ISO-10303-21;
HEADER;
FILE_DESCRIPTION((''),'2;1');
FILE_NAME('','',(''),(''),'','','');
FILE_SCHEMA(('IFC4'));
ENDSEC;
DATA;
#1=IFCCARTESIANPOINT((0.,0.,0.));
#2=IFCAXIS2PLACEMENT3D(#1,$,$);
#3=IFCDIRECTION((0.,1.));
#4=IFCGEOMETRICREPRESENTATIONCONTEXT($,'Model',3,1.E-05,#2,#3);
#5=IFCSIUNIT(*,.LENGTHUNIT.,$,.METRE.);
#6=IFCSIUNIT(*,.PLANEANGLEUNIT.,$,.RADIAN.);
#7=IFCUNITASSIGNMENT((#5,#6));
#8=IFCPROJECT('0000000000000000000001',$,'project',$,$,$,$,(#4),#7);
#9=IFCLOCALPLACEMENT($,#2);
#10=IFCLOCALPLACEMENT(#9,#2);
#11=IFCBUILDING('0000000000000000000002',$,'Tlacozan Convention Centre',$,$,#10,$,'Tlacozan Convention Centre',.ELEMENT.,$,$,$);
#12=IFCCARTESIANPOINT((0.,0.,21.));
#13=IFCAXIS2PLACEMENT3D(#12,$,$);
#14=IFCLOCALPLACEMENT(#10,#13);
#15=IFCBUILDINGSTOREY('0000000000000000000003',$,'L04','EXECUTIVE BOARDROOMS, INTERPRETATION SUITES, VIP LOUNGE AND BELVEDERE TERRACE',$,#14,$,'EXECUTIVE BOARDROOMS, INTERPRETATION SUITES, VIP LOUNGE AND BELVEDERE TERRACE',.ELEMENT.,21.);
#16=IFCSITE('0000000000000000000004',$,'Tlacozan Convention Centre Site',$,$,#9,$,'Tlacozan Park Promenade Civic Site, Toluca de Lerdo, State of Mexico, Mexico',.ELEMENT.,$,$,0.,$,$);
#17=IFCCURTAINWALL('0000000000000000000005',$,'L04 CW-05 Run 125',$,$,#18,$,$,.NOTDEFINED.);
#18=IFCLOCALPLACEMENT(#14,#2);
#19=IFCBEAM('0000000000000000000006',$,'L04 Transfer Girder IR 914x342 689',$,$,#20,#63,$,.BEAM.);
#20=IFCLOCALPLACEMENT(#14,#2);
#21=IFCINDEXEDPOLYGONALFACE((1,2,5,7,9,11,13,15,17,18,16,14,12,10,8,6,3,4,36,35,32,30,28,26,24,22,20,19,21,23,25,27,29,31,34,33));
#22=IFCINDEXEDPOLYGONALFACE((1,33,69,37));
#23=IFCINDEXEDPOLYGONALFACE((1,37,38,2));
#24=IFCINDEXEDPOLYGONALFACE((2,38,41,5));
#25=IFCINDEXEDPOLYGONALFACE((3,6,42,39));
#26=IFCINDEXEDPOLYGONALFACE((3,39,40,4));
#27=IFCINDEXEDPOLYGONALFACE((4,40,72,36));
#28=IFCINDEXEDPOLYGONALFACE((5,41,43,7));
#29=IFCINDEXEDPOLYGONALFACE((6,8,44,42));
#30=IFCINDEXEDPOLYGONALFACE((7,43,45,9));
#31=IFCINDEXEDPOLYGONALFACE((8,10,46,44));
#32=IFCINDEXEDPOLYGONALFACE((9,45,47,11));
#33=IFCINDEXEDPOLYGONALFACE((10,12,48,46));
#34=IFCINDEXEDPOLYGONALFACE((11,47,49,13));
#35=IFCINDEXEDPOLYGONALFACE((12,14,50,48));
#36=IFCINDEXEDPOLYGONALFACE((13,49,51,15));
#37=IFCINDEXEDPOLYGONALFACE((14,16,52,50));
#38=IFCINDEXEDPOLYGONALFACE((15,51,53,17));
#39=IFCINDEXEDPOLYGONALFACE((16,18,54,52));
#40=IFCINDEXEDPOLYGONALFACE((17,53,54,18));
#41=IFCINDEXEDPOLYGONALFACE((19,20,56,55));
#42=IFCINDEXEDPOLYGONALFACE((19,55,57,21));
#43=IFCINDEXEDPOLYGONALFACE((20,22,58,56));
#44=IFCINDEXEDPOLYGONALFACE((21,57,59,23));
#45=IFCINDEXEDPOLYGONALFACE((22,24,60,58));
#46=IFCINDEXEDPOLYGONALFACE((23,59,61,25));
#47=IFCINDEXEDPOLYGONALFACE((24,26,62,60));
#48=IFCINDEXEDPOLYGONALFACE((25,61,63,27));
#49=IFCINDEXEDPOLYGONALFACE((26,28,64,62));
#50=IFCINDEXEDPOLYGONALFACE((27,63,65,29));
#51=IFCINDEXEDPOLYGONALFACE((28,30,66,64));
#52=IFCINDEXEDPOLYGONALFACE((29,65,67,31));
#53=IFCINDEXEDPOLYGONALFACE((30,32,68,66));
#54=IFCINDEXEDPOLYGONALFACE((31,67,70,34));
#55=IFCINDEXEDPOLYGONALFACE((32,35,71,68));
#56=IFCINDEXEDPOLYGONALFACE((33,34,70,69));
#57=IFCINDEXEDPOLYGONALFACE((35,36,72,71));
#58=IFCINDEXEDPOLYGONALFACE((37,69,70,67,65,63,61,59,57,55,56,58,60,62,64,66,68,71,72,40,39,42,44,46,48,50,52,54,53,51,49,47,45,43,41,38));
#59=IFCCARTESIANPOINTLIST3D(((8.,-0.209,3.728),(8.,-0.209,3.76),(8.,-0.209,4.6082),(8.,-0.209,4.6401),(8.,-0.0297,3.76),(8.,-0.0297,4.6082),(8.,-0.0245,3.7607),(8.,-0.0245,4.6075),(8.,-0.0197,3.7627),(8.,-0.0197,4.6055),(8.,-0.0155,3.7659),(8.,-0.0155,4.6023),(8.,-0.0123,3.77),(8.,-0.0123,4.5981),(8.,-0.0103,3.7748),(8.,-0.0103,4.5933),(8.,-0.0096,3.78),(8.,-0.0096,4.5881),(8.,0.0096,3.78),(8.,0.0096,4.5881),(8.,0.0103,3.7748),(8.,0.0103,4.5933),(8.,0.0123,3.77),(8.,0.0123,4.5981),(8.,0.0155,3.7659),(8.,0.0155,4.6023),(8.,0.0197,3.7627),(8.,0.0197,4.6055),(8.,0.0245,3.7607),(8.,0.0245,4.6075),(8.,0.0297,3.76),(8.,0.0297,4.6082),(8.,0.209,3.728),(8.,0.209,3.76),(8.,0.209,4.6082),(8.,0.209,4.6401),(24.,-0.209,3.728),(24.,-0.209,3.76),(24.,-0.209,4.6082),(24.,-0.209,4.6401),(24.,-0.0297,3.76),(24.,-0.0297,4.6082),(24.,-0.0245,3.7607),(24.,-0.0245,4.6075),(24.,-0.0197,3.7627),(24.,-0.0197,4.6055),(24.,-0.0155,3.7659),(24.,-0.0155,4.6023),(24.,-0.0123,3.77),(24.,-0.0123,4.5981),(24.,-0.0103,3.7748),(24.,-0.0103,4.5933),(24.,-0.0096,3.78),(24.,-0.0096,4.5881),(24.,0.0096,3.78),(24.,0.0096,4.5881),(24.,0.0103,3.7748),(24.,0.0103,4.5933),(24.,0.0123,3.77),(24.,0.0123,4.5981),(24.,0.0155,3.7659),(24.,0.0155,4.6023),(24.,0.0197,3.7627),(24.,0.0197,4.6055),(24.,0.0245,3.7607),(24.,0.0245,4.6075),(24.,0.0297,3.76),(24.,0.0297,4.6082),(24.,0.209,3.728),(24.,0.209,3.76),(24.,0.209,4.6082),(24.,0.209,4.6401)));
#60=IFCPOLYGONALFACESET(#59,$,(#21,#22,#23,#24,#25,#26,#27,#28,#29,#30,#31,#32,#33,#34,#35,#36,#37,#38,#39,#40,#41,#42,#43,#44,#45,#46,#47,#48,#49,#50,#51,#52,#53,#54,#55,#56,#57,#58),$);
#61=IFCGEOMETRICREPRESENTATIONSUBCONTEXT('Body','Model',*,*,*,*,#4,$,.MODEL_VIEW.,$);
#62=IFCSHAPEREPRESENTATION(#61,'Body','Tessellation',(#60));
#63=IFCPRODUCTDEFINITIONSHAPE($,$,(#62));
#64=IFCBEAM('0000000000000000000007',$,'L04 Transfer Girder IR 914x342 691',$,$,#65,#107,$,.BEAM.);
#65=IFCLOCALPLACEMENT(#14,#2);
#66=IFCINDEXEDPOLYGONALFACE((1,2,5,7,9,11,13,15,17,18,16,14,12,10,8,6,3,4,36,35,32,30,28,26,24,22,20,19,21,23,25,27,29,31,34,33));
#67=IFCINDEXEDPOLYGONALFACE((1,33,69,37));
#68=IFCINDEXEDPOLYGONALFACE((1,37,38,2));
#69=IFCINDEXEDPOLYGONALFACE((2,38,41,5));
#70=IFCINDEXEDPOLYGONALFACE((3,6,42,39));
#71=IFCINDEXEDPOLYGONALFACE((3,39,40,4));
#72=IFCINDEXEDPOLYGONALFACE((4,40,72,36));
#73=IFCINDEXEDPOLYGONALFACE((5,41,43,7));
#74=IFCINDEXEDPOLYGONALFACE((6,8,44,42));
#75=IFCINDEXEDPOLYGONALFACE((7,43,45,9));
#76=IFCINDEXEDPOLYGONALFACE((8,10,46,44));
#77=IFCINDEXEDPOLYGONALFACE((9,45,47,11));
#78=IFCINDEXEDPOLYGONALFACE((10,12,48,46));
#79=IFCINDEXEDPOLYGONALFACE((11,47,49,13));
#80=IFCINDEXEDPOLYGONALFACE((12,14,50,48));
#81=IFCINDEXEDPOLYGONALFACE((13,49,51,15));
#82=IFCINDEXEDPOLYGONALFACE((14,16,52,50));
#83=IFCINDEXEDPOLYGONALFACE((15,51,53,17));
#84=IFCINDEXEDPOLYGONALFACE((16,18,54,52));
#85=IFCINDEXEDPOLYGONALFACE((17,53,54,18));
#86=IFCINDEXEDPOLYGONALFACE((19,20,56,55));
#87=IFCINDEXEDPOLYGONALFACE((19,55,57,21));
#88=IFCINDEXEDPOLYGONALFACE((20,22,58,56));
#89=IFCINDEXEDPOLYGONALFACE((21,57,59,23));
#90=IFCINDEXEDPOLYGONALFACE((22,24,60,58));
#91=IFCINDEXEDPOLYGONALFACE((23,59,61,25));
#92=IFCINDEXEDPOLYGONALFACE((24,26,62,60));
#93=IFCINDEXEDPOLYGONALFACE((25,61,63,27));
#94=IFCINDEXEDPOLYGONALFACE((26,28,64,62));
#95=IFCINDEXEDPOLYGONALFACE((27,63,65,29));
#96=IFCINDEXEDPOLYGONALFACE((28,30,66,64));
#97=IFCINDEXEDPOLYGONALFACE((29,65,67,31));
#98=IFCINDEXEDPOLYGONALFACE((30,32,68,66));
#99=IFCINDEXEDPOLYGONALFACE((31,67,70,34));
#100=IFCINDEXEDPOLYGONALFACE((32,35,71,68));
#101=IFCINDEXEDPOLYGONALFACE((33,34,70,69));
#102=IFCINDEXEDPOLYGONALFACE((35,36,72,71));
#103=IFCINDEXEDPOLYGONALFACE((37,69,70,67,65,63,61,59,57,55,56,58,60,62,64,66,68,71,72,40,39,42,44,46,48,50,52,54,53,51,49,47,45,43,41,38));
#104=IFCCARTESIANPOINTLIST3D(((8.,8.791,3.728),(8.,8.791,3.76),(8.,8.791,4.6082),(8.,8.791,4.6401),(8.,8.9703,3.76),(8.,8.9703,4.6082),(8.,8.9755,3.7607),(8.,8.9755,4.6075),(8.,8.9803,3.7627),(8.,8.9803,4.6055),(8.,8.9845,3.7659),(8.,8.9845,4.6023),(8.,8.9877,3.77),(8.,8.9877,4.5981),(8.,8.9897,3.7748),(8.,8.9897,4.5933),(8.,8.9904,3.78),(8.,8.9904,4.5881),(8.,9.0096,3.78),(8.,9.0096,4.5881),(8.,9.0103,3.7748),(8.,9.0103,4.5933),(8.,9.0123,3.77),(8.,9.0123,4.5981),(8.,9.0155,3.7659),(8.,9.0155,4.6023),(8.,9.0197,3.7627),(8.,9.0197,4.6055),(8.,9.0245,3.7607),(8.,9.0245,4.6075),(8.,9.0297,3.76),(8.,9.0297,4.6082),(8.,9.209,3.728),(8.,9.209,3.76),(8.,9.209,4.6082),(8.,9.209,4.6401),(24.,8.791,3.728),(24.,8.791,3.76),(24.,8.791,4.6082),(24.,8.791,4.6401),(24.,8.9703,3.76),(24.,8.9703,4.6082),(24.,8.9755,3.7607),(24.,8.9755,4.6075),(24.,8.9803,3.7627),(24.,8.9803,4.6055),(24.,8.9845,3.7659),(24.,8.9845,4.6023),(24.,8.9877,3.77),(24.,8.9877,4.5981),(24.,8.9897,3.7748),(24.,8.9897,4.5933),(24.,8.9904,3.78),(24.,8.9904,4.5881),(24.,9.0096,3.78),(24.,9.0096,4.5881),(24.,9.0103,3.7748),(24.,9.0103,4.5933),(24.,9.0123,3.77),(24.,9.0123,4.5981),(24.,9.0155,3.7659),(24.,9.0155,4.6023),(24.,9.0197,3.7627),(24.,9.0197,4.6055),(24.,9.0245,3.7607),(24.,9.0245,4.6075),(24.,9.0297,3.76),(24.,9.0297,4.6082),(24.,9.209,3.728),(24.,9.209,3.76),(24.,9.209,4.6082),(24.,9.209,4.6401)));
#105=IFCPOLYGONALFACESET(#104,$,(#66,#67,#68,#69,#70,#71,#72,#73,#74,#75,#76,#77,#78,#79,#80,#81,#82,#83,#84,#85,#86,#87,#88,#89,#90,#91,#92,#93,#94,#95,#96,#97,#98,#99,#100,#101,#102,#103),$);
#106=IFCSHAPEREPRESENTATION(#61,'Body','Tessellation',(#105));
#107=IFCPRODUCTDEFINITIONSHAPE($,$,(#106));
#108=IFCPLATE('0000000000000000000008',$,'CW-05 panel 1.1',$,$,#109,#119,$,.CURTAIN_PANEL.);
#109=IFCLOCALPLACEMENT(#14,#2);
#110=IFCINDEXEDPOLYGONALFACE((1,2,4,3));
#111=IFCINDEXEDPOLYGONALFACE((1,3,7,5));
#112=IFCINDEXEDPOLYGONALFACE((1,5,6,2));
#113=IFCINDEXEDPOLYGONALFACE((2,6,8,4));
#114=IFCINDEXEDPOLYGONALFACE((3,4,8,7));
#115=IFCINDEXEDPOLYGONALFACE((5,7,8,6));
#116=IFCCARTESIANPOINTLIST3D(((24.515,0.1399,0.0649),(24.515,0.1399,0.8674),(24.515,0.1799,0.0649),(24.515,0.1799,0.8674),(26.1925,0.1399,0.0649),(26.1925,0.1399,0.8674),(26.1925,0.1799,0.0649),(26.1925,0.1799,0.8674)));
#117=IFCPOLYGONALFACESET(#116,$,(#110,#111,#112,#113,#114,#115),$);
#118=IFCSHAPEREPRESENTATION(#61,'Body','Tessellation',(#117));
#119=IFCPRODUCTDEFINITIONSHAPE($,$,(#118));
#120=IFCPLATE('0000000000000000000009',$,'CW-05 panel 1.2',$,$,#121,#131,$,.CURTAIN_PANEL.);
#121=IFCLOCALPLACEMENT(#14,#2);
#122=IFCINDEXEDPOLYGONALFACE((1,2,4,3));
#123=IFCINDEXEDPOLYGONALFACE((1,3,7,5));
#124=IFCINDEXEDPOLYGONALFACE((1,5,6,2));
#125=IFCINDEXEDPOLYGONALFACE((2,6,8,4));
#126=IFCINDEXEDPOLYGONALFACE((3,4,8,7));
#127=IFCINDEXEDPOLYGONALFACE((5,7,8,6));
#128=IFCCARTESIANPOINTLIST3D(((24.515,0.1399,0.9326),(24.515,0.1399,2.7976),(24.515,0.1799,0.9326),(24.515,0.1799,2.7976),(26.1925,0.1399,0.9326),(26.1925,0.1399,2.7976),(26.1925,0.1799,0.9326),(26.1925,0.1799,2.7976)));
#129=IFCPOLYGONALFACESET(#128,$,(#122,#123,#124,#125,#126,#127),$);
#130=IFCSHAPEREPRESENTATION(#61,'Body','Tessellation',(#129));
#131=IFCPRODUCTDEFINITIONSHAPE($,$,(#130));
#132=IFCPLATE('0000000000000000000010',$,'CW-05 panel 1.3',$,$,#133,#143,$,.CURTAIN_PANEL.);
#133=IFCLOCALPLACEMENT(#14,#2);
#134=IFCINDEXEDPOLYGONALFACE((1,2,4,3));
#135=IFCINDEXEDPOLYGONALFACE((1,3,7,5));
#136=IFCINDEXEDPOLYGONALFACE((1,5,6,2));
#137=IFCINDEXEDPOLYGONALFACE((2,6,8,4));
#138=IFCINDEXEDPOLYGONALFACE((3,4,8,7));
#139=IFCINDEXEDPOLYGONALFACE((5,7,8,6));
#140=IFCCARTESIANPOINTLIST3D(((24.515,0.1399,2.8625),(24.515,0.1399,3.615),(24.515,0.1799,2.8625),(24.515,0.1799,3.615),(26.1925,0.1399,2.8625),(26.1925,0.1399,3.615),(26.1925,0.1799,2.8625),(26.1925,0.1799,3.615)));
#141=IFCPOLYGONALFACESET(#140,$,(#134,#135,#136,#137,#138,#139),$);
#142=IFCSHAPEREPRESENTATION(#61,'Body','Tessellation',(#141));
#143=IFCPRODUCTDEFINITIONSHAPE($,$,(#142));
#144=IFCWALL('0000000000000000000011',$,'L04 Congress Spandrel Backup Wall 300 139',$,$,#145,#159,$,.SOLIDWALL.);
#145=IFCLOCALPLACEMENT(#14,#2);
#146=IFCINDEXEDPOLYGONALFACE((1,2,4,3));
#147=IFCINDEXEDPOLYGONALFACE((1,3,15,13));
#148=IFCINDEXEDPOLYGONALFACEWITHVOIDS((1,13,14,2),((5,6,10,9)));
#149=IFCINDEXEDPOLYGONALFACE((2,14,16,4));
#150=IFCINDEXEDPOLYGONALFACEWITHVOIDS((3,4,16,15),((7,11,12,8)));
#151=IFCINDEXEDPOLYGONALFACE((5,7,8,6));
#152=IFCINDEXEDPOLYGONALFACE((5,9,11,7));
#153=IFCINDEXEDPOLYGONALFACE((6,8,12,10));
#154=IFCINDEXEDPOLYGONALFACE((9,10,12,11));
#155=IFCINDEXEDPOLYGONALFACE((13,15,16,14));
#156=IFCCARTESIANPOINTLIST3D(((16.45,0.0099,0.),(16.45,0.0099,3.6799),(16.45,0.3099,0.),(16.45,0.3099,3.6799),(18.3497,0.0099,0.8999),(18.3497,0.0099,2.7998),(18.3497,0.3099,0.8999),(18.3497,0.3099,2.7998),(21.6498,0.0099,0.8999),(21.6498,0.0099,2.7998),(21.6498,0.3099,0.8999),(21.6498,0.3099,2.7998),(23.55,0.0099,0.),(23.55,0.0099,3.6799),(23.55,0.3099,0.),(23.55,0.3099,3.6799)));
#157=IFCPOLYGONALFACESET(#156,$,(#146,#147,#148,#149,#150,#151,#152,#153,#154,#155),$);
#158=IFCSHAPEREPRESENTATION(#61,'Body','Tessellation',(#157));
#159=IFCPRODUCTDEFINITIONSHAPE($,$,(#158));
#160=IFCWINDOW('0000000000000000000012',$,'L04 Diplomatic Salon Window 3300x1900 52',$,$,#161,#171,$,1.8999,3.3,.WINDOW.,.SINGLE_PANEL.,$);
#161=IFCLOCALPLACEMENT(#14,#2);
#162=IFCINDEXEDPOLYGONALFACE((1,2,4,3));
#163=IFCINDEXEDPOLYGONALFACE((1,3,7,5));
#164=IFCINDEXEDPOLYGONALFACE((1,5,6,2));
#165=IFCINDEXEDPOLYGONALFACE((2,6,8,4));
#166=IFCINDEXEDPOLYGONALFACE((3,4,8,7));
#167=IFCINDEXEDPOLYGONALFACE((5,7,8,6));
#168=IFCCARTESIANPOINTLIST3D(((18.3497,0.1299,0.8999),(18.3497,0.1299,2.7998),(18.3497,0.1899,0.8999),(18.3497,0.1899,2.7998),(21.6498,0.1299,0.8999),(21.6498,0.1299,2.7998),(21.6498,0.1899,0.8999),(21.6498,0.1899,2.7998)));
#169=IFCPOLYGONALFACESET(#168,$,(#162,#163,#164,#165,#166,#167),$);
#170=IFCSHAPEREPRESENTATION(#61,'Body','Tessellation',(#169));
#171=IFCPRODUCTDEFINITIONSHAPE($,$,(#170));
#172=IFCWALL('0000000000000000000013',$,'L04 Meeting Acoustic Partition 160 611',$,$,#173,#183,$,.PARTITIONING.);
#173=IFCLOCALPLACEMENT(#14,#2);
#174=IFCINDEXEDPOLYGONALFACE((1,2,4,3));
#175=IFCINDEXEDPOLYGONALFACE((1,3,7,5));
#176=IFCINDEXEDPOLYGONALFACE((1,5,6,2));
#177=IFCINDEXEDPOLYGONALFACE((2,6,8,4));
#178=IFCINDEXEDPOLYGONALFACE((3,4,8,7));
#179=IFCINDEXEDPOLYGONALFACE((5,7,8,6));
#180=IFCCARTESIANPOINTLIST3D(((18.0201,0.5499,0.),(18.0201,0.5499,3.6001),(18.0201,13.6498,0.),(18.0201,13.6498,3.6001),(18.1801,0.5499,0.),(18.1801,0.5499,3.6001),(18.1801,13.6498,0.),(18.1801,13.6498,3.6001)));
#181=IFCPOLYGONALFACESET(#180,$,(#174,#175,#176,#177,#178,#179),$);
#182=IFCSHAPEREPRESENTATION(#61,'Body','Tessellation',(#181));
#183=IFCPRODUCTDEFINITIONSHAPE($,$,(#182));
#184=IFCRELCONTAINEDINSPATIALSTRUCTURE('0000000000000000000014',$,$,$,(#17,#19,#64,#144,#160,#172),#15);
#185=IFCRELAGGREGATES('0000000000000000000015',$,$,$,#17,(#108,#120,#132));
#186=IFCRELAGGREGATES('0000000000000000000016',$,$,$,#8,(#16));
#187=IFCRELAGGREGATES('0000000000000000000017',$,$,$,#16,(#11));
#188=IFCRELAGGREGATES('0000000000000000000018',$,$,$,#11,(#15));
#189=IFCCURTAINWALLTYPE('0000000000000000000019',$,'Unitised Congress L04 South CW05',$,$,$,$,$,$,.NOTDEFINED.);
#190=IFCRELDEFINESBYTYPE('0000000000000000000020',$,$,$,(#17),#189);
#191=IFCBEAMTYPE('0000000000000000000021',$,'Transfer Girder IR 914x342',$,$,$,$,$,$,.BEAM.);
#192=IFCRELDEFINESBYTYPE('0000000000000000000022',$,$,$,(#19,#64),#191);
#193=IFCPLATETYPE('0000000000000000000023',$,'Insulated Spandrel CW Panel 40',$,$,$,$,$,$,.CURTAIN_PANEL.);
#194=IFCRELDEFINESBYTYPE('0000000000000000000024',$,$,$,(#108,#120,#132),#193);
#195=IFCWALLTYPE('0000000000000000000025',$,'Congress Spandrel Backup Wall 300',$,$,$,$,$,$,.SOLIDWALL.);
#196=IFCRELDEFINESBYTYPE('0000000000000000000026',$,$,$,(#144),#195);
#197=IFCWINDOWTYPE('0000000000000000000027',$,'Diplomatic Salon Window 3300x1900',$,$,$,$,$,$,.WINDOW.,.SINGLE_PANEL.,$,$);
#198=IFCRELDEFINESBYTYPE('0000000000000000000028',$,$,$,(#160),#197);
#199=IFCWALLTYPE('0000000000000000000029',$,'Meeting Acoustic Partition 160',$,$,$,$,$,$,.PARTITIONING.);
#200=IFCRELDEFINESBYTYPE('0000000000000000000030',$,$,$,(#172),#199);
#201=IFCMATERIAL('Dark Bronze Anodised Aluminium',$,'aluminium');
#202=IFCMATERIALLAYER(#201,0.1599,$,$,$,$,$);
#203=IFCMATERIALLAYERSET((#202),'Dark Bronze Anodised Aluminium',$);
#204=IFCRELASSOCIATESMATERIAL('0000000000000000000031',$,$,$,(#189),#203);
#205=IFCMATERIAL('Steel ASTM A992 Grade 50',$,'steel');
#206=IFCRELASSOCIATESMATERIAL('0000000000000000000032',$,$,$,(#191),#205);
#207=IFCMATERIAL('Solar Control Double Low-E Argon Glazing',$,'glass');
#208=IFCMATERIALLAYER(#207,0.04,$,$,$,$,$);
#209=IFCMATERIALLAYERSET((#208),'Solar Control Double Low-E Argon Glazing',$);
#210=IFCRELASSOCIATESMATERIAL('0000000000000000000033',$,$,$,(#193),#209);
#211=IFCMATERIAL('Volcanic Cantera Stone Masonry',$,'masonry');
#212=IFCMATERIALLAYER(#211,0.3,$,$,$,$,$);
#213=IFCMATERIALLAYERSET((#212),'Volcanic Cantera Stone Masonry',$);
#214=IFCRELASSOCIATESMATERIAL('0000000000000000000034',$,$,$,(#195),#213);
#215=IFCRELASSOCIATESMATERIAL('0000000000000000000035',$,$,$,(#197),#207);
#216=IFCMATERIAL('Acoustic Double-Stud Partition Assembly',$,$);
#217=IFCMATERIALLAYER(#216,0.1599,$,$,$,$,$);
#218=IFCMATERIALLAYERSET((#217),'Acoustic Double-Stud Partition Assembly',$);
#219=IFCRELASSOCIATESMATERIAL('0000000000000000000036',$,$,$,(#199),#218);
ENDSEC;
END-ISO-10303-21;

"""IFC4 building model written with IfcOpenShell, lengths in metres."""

from ifc_helpers import new_model, si_unit, direction, frame, frame_2d, origin, origin_2d, place, context, subcontext, project, spatial, rectangle, i_section, extrude, material, layer, layer_set, material_profile, profile_set, type_object, element, fill, aggregate, save


model = new_model("IFC4")

# Units and contexts
model_context = context("Model", 3, precision=1e-05, world=origin(), true_north=direction((0.0, 1.0)))
body_context = subcontext(model_context, "Body", "Model", "MODEL_VIEW")
ifc_project = project(units=[si_unit("LENGTHUNIT", "METRE"), si_unit("PLANEANGLEUNIT", "RADIAN")], contexts=[model_context])

# Site, building, storey
site_placement = place(None, origin())
site = spatial("IfcSite", under=ifc_project, at=site_placement, Name="Tlacozan Convention Centre Site", LongName="Tlacozan Park Promenade Civic Site, Toluca de Lerdo, State of Mexico, Mexico", CompositionType="ELEMENT", RefElevation=0.0)
building_placement = place(site_placement, origin())
building = spatial("IfcBuilding", under=site, at=building_placement, Name="Tlacozan Convention Centre", LongName="Tlacozan Convention Centre", CompositionType="ELEMENT")
storey_placement = place(building_placement, frame((0.0, 0.0, 21.0)))
storey = spatial("IfcBuildingStorey", under=building, at=storey_placement, Name="L04", Description="EXECUTIVE BOARDROOMS, INTERPRETATION SUITES, VIP LOUNGE AND BELVEDERE TERRACE", LongName="EXECUTIVE BOARDROOMS, INTERPRETATION SUITES, VIP LOUNGE AND BELVEDERE TERRACE", CompositionType="ELEMENT", Elevation=21.0)

# Curtain wall
ifc_material_1 = material(Name="Dark Bronze Anodised Aluminium", Category="aluminium")
ifc_layer_1 = layer(ifc_material_1, 0.1599)
ifc_layer_set_1 = layer_set([ifc_layer_1], Name="Dark Bronze Anodised Aluminium")
curtain_wall_type = type_object("IfcCurtainWallType", Name="Unitised Congress L04 South CW05", PredefinedType="NOTDEFINED", material=ifc_layer_set_1)
curtain_wall_placement = place(storey_placement, origin())
curtain_wall = element("IfcCurtainWall", 1, at=curtain_wall_placement, inside=storey, type_object=curtain_wall_type, Name="L04 CW-05 Run 125", PredefinedType="NOTDEFINED")

# Beams
ifc_material_2 = material(Name="Steel ASTM A992 Grade 50", Category="steel")
ifc_material_profile_1 = material_profile(ifc_material_2, i_section(OverallWidth=0.418, OverallDepth=0.9121, WebThickness=0.0193, FlangeThickness=0.032, FilletRadius=0.02, at=origin_2d()), Name="IR 914x342.0")
ifc_profile_set_1 = profile_set([ifc_material_profile_1], Name="Steel ASTM A992 Grade 50")
beam_type_1 = type_object("IfcBeamType", Name="Transfer Girder IR 914x342", PredefinedType="BEAM", material=ifc_profile_set_1)
for number, where, z_axis, x_axis, name in (
    (2, (24.0, 0.0, 4.1841), (-1.0, 0.0, 0.0), (0.0, -1.0, 0.0), "L04 Transfer Girder IR 914x342 689"),
    (3, (24.0, 9.0, 4.1841), (-1.0, 0.0, 0.0), (0.0, -1.0, 0.0), "L04 Transfer Girder IR 914x342 691"),
):
    element("IfcBeam", number, at=place(storey_placement, frame(where, z_axis=z_axis, x_axis=x_axis)), inside=storey, type_object=beam_type_1, Name=name, PredefinedType="BEAM", context=body_context, shape_type="SweptSolid", body=[
        extrude(i_section(OverallWidth=0.418, OverallDepth=0.9121, WebThickness=0.0193, FlangeThickness=0.032, FilletRadius=0.02, at=origin_2d()), origin(), (0.0, 0.0, 1.0), 16.0),
    ])

# Plates
ifc_material_3 = material(Name="Solar Control Double Low-E Argon Glazing", Category="glass")
ifc_layer_2 = layer(ifc_material_3, 0.04)
ifc_layer_set_2 = layer_set([ifc_layer_2], Name="Solar Control Double Low-E Argon Glazing")
plate_type = type_object("IfcPlateType", Name="Insulated Spandrel CW Panel 40", PredefinedType="CURTAIN_PANEL", material=ifc_layer_set_2)
plate_1_placement = place(storey_placement, frame((25.3538, 0.1599, 0.0649), z_axis=(0.0, 0.0, 1.0), x_axis=(1.0, 0.0, 0.0)))
plate_1 = element("IfcPlate", 4, at=plate_1_placement, type_object=plate_type, Name="CW-05 panel 1.1", PredefinedType="CURTAIN_PANEL", context=body_context, shape_type="SweptSolid", body=[
    extrude(rectangle(XDim=1.6775, YDim=0.04, at=origin_2d()), origin(), (0.0, 0.0, 1.0), 0.8025),
])
plate_2_placement = place(storey_placement, frame((25.3538, 0.1599, 0.9326), z_axis=(0.0, 0.0, 1.0), x_axis=(1.0, 0.0, 0.0)))
plate_2 = element("IfcPlate", 5, at=plate_2_placement, type_object=plate_type, Name="CW-05 panel 1.2", PredefinedType="CURTAIN_PANEL", context=body_context, shape_type="SweptSolid", body=[
    extrude(rectangle(XDim=1.6775, YDim=0.04, at=origin_2d()), origin(), (0.0, 0.0, 1.0), 1.865),
])
plate_3_placement = place(storey_placement, frame((25.3538, 0.1599, 2.8625), z_axis=(0.0, 0.0, 1.0), x_axis=(1.0, 0.0, 0.0)))
plate_3 = element("IfcPlate", 6, at=plate_3_placement, type_object=plate_type, Name="CW-05 panel 1.3", PredefinedType="CURTAIN_PANEL", context=body_context, shape_type="SweptSolid", body=[
    extrude(rectangle(XDim=1.6775, YDim=0.04, at=origin_2d()), origin(), (0.0, 0.0, 1.0), 0.7524),
])
aggregate(curtain_wall, [plate_1, plate_2, plate_3])

# Wall, opening, window
ifc_material_4 = material(Name="Volcanic Cantera Stone Masonry", Category="masonry")
ifc_layer_3 = layer(ifc_material_4, 0.3)
ifc_layer_set_3 = layer_set([ifc_layer_3], Name="Volcanic Cantera Stone Masonry")
wall_type_1 = type_object("IfcWallType", Name="Congress Spandrel Backup Wall 300", PredefinedType="SOLIDWALL", material=ifc_layer_set_3)
wall_1_placement = place(storey_placement, frame((16.45, 0.1599, 0.0), z_axis=(0.0, 0.0, 1.0), x_axis=(1.0, 0.0, 0.0)))
wall_1 = element("IfcWall", 7, at=wall_1_placement, inside=storey, type_object=wall_type_1, Name="L04 Congress Spandrel Backup Wall 300 139", PredefinedType="SOLIDWALL", context=body_context, shape_type="SweptSolid", body=[
    extrude(rectangle(XDim=7.1001, YDim=0.3, at=frame_2d((3.55, 0.0))), origin(), (0.0, 0.0, 1.0), 3.6799),
])
opening_1_placement = place(wall_1_placement, frame((1.8999, 0.0, 0.8999)))
opening_1 = element("IfcOpeningElement", 8, at=opening_1_placement, cuts=wall_1, PredefinedType="OPENING", context=body_context, shape_type="SweptSolid", body=[
    extrude(rectangle(XDim=3.3, YDim=1.8999, at=frame_2d((1.6499, 0.95))), frame((0.0, 0.1599, 0.0), z_axis=(0.0, -1.0, 0.0), x_axis=(1.0, 0.0, 0.0)), (0.0, 0.0, 1.0), 0.3201),
])
window_type = type_object("IfcWindowType", Name="Diplomatic Salon Window 3300x1900", PartitioningType="SINGLE_PANEL", PredefinedType="WINDOW", material=ifc_material_3)
window_placement = place(opening_1_placement, origin())
window = element("IfcWindow", 9, at=window_placement, inside=storey, type_object=window_type, Name="L04 Diplomatic Salon Window 3300x1900 52", OverallHeight=1.8999, OverallWidth=3.3, PartitioningType="SINGLE_PANEL", PredefinedType="WINDOW", context=body_context, shape_type="SweptSolid", body=[
    extrude(rectangle(XDim=3.3, YDim=1.8999, at=frame_2d((1.6499, 0.95))), frame((0.0, 0.03, 0.0), z_axis=(0.0, -1.0, 0.0), x_axis=(1.0, 0.0, 0.0)), (0.0, 0.0, 1.0), 0.0601),
])
fill(opening_1, window)

# Wall
ifc_material_5 = material(Name="Acoustic Double-Stud Partition Assembly")
ifc_layer_4 = layer(ifc_material_5, 0.1599)
ifc_layer_set_4 = layer_set([ifc_layer_4], Name="Acoustic Double-Stud Partition Assembly")
wall_type_2 = type_object("IfcWallType", Name="Meeting Acoustic Partition 160", PredefinedType="PARTITIONING", material=ifc_layer_set_4)
wall_2_placement = place(storey_placement, frame((18.1001, 0.55, 0.0), z_axis=(0.0, 0.0, 1.0), x_axis=(0.0, 1.0, 0.0)))
element("IfcWall", 10, at=wall_2_placement, inside=storey, type_object=wall_type_2, Name="L04 Meeting Acoustic Partition 160 611", PredefinedType="PARTITIONING", context=body_context, shape_type="SweptSolid", body=[
    extrude(rectangle(XDim=13.0999, YDim=0.1599, at=frame_2d((6.5498, 0.0))), origin(), (0.0, 0.0, 1.0), 3.6001),
])

save(model, "model.ifc")
